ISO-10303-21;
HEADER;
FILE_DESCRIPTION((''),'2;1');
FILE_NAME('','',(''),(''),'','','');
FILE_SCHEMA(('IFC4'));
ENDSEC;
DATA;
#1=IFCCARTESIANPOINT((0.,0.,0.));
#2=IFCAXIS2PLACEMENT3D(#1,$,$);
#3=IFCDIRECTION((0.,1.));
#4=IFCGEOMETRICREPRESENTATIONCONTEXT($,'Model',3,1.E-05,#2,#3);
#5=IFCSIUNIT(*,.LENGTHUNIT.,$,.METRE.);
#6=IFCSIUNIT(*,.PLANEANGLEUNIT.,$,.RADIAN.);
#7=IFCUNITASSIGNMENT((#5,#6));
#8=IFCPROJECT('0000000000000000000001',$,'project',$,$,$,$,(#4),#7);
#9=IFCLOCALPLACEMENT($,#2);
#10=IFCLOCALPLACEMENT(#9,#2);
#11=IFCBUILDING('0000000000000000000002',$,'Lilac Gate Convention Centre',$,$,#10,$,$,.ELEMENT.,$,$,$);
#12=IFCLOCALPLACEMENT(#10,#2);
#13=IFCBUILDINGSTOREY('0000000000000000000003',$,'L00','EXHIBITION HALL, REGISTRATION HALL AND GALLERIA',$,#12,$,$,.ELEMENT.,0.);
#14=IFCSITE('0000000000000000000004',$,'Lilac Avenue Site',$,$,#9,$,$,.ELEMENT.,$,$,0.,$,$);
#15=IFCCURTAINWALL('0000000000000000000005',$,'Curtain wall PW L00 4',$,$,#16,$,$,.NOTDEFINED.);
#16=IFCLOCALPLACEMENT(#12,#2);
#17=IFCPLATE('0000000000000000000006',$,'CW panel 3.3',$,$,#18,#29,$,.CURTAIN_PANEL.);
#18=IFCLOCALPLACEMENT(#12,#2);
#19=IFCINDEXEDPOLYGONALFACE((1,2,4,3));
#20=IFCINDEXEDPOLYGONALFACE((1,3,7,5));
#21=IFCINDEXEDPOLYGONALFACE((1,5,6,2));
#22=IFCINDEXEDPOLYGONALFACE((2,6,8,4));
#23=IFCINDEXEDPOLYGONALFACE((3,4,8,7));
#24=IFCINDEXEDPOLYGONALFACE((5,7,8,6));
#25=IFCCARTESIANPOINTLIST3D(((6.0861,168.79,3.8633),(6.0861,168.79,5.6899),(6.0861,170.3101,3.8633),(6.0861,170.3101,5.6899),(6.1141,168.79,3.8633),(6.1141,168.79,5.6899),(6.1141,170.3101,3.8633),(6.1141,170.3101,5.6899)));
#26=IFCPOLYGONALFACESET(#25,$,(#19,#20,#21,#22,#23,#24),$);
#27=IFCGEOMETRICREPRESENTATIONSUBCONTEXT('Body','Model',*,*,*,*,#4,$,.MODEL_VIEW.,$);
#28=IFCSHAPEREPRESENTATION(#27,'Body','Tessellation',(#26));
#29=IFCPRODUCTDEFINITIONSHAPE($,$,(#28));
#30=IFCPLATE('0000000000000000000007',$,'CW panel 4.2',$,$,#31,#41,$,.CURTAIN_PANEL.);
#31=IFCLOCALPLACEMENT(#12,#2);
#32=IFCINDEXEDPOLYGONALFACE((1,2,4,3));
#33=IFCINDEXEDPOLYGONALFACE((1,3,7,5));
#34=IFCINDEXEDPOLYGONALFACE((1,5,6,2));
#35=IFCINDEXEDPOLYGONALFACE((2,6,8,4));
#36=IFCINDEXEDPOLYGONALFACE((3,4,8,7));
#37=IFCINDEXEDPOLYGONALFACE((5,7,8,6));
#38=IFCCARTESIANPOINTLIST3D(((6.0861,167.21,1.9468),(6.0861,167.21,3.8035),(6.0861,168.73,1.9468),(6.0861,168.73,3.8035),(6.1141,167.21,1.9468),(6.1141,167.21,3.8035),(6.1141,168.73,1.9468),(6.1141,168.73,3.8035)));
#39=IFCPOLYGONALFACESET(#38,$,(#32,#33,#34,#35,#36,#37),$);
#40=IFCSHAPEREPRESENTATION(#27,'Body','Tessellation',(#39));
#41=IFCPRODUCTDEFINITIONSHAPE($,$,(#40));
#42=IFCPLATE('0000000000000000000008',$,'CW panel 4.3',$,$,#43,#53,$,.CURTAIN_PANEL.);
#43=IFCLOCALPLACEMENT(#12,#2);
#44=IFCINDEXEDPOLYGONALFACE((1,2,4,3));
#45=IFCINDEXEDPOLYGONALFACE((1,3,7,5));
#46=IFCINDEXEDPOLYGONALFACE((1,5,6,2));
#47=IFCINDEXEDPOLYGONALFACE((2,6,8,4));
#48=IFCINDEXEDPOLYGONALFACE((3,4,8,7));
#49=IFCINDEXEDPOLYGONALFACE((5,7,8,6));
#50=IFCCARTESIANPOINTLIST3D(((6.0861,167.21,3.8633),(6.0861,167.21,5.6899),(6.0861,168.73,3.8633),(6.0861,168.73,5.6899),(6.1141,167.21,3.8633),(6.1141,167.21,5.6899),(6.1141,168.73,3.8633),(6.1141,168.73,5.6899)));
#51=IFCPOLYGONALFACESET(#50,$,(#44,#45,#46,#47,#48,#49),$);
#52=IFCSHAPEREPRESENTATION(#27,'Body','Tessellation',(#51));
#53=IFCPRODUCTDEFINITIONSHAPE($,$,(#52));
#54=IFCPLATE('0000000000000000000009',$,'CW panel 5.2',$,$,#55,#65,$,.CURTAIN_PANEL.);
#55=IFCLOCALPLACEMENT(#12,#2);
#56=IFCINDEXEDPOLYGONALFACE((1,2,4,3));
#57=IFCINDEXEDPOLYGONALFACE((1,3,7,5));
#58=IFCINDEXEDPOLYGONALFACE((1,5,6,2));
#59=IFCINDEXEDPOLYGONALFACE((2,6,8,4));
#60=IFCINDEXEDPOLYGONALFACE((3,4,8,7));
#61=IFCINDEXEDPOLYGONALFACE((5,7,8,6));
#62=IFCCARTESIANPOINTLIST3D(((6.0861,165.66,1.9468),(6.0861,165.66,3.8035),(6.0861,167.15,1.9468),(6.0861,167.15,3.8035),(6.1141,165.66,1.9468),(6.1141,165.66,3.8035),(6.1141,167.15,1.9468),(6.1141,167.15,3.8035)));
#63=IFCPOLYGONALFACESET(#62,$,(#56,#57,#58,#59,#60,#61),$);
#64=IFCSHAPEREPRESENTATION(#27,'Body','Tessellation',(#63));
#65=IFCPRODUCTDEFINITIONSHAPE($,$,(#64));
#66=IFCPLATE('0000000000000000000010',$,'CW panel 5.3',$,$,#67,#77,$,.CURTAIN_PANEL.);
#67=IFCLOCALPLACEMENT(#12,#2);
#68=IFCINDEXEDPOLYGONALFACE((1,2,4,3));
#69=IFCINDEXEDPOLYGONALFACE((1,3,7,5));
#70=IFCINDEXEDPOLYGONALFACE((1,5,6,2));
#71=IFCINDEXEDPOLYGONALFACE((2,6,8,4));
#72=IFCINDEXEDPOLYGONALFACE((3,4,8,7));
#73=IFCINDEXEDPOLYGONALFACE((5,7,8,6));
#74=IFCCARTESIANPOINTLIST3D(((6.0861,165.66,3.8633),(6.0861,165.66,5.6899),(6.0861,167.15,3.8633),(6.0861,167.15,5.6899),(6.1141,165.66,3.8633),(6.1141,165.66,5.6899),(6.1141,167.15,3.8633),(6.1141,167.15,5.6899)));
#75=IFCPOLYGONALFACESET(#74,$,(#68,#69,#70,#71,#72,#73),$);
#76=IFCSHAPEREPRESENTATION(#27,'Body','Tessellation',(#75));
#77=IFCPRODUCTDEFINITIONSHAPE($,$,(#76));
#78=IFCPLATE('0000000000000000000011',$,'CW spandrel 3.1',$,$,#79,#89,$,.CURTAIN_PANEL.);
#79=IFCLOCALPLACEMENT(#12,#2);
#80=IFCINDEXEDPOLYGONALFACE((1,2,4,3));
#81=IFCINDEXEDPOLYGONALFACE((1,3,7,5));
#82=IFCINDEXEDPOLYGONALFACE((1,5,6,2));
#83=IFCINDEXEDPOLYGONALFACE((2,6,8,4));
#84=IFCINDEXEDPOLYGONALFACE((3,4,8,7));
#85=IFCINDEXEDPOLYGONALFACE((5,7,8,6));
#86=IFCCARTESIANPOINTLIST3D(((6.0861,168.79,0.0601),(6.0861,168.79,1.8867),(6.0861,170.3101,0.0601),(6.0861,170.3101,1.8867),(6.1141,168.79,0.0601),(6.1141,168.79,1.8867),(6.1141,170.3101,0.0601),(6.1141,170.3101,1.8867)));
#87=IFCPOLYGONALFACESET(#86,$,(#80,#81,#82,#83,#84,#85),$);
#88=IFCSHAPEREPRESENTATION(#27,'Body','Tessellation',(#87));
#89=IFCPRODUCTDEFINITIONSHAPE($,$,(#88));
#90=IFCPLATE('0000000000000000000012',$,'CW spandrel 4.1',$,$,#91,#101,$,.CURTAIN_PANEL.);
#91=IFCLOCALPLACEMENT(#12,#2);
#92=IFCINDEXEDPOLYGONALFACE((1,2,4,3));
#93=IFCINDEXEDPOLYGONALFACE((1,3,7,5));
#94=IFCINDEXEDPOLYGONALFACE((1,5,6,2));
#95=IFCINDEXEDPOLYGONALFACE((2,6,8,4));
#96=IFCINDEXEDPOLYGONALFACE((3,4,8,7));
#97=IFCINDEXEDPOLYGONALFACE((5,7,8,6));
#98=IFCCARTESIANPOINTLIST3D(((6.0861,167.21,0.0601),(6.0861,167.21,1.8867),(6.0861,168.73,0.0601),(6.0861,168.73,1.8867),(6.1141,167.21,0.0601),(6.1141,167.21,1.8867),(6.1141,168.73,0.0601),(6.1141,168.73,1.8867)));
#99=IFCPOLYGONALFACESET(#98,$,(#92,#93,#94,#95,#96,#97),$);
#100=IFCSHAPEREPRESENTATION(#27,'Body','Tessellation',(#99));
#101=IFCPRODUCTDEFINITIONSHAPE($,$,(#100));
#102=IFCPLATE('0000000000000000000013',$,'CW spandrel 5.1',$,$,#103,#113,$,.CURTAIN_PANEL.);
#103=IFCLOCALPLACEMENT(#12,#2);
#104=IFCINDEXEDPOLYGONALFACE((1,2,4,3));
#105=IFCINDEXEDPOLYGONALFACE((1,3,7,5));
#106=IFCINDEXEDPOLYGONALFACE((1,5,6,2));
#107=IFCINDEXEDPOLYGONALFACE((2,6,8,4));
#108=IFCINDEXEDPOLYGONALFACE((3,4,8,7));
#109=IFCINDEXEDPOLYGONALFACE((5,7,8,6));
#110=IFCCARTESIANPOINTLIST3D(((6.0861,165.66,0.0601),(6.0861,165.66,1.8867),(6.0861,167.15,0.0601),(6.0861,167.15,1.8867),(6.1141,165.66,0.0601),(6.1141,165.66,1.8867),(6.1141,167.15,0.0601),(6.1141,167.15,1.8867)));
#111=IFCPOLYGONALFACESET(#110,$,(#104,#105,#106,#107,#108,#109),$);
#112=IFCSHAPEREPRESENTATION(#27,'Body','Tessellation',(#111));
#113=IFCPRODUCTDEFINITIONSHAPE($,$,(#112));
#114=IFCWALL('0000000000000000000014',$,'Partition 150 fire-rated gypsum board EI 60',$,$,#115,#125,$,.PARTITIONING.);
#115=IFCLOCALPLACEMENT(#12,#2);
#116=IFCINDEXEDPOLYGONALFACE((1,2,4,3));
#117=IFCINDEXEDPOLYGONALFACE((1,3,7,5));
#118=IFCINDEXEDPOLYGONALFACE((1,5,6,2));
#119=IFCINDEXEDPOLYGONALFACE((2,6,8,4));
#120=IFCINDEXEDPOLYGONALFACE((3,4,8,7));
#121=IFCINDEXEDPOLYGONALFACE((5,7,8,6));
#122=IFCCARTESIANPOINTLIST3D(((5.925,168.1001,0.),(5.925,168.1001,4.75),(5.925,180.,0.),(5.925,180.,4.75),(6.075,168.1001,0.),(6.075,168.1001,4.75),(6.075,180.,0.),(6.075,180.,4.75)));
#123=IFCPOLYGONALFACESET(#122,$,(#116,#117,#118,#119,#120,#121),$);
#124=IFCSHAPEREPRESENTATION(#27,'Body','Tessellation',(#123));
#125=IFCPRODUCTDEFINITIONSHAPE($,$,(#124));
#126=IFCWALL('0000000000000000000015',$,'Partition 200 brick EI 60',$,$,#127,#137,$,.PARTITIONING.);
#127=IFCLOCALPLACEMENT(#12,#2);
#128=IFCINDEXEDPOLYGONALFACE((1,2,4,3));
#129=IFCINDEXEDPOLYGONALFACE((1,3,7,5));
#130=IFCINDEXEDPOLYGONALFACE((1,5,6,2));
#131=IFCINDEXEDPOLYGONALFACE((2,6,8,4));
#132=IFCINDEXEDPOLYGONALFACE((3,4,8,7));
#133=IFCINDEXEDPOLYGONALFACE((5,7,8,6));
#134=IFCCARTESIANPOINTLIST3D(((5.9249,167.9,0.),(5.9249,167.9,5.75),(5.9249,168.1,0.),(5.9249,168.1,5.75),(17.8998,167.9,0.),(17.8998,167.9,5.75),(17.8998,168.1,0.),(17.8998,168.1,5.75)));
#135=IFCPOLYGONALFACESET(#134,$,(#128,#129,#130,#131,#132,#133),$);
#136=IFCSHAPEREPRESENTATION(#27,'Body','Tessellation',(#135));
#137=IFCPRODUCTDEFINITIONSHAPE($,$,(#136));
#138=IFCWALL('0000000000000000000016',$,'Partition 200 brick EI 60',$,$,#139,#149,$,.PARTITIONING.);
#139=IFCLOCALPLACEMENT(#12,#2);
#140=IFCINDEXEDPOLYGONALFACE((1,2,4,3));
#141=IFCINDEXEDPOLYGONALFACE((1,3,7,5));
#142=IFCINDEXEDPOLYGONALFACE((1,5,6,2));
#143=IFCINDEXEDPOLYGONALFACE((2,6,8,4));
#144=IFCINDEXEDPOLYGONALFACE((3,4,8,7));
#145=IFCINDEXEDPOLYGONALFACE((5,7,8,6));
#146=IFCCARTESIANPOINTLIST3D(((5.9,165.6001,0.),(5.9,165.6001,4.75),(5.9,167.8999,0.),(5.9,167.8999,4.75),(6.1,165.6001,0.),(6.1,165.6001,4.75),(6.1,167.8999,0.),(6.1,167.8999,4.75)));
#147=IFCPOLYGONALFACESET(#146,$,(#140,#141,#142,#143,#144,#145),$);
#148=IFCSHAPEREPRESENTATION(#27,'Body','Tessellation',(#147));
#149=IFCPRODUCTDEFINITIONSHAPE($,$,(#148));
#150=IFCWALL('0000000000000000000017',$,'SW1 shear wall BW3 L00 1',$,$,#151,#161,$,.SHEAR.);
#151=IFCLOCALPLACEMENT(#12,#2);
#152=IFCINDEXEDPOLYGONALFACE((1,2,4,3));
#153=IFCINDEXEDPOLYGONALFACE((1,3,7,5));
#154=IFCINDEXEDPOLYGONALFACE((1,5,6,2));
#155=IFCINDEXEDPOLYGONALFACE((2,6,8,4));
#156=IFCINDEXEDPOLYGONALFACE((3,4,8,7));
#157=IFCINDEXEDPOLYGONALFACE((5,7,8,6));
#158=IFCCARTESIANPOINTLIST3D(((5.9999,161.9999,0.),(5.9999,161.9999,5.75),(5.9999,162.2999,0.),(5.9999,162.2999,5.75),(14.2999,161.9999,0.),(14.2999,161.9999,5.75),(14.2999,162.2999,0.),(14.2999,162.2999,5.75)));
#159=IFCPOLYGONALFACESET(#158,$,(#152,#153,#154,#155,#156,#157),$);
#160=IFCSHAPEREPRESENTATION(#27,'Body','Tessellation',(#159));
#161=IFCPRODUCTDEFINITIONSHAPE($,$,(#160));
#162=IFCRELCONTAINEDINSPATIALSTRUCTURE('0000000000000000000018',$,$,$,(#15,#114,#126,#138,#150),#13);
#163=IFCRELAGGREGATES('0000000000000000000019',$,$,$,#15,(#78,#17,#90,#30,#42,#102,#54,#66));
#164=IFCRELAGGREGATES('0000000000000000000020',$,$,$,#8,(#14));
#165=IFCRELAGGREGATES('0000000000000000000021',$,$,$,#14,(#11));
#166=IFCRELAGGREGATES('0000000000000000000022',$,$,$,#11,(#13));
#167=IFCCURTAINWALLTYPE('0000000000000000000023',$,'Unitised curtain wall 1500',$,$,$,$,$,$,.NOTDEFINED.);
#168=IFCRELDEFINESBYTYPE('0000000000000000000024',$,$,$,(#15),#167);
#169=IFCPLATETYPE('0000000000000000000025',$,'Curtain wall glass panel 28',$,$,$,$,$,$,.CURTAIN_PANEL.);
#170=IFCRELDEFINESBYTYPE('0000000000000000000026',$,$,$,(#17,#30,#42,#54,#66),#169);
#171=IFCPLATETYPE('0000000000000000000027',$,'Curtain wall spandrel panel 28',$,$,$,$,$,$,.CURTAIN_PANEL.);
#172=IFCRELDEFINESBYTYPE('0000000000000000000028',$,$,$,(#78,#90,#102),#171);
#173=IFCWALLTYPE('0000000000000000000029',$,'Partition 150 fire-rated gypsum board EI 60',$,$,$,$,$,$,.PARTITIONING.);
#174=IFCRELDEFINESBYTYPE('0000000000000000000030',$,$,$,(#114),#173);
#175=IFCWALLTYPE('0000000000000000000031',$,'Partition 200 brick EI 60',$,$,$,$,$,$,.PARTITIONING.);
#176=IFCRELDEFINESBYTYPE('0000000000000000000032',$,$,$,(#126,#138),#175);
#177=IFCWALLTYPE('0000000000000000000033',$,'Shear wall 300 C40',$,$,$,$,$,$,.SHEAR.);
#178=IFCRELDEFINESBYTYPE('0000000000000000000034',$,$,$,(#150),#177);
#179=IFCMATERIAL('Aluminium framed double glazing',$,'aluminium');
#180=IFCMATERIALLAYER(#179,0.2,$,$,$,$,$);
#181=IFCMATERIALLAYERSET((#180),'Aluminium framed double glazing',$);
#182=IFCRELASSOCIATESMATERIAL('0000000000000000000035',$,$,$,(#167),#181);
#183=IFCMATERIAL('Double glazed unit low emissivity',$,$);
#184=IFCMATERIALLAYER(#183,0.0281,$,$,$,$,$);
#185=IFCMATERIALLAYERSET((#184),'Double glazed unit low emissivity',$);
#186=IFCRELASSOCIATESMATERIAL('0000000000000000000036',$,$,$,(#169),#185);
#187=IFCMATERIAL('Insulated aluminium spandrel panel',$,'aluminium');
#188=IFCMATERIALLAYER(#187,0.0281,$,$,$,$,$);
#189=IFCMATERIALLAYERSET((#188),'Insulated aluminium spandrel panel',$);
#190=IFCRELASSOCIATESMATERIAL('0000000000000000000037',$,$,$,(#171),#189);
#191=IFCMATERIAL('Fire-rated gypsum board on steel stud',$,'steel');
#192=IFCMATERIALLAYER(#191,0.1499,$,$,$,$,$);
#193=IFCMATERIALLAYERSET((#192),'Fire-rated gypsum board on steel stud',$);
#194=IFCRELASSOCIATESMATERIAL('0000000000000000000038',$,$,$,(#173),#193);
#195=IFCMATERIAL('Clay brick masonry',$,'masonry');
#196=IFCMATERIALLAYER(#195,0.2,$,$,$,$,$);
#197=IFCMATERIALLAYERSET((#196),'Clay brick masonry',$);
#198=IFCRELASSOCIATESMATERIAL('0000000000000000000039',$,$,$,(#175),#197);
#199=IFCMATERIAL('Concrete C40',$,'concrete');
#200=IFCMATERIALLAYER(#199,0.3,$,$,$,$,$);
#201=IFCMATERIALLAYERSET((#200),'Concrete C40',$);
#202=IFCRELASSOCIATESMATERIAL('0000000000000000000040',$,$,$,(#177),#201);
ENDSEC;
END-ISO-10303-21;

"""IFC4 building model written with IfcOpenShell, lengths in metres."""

from ifc_helpers import new_model, si_unit, direction, frame, frame_2d, origin, origin_2d, place, context, subcontext, project, spatial, rectangle, extrude, material, layer, layer_set, type_object, element, aggregate, save


model = new_model("IFC4")

# Units and contexts
model_context = context("Model", 3, precision=1e-05, world=origin(), true_north=direction((0.0, 1.0)))
body_context = subcontext(model_context, "Body", "Model", "MODEL_VIEW")
ifc_project = project(units=[si_unit("LENGTHUNIT", "METRE"), si_unit("PLANEANGLEUNIT", "RADIAN")], contexts=[model_context])

# Site, building, storey
site_placement = place(None, origin())
site = spatial("IfcSite", under=ifc_project, at=site_placement, Name="Lilac Avenue Site", CompositionType="ELEMENT", RefElevation=0.0)
building_placement = place(site_placement, origin())
building = spatial("IfcBuilding", under=site, at=building_placement, Name="Lilac Gate Convention Centre", CompositionType="ELEMENT")
storey_placement = place(building_placement, origin())
storey = spatial("IfcBuildingStorey", under=building, at=storey_placement, Name="L00", Description="EXHIBITION HALL, REGISTRATION HALL AND GALLERIA", CompositionType="ELEMENT", Elevation=0.0)

# Curtain wall
ifc_material_1 = material(Name="Aluminium framed double glazing", Category="aluminium")
ifc_layer_1 = layer(ifc_material_1, 0.2)
ifc_layer_set_1 = layer_set([ifc_layer_1], Name="Aluminium framed double glazing")
curtain_wall_type = type_object("IfcCurtainWallType", Name="Unitised curtain wall 1500", PredefinedType="NOTDEFINED", material=ifc_layer_set_1)
curtain_wall_placement = place(storey_placement, origin())
curtain_wall = element("IfcCurtainWall", 1, at=curtain_wall_placement, inside=storey, type_object=curtain_wall_type, Name="Curtain wall PW L00 4", PredefinedType="NOTDEFINED")

# Shared definitions
ifc_material_2 = material(Name="Concrete C40", Category="concrete")

# Plates
ifc_material_3 = material(Name="Double glazed unit low emissivity")
ifc_layer_2 = layer(ifc_material_3, 0.0281)
ifc_layer_set_2 = layer_set([ifc_layer_2], Name="Double glazed unit low emissivity")
plate_type_1 = type_object("IfcPlateType", Name="Curtain wall glass panel 28", PredefinedType="CURTAIN_PANEL", material=ifc_layer_set_2)
plate_1_placement = place(storey_placement, frame((6.1001, 169.55, 3.8633), z_axis=(0.0, 0.0, 1.0), x_axis=(0.0, -1.0, 0.0)))
plate_1 = element("IfcPlate", 2, at=plate_1_placement, type_object=plate_type_1, Name="CW panel 3.3", PredefinedType="CURTAIN_PANEL", context=body_context, shape_type="SweptSolid", body=[
    extrude(rectangle(XDim=1.52, YDim=0.0281, at=origin_2d()), origin(), (0.0, 0.0, 1.0), 1.8267),
])
plate_2_placement = place(storey_placement, frame((6.1001, 167.97, 1.9468), z_axis=(0.0, 0.0, 1.0), x_axis=(0.0, -1.0, 0.0)))
plate_2 = element("IfcPlate", 3, at=plate_2_placement, type_object=plate_type_1, Name="CW panel 4.2", PredefinedType="CURTAIN_PANEL", context=body_context, shape_type="SweptSolid", body=[
    extrude(rectangle(XDim=1.52, YDim=0.0281, at=origin_2d()), origin(), (0.0, 0.0, 1.0), 1.8567),
])
plate_3_placement = place(storey_placement, frame((6.1001, 167.97, 3.8633), z_axis=(0.0, 0.0, 1.0), x_axis=(0.0, -1.0, 0.0)))
plate_3 = element("IfcPlate", 4, at=plate_3_placement, type_object=plate_type_1, Name="CW panel 4.3", PredefinedType="CURTAIN_PANEL", context=body_context, shape_type="SweptSolid", body=[
    extrude(rectangle(XDim=1.52, YDim=0.0281, at=origin_2d()), origin(), (0.0, 0.0, 1.0), 1.8267),
])
plate_4_placement = place(storey_placement, frame((6.1001, 166.405, 1.9468), z_axis=(0.0, 0.0, 1.0), x_axis=(0.0, -1.0, 0.0)))
plate_4 = element("IfcPlate", 5, at=plate_4_placement, type_object=plate_type_1, Name="CW panel 5.2", PredefinedType="CURTAIN_PANEL", context=body_context, shape_type="SweptSolid", body=[
    extrude(rectangle(XDim=1.49, YDim=0.0281, at=origin_2d()), origin(), (0.0, 0.0, 1.0), 1.8567),
])
plate_5_placement = place(storey_placement, frame((6.1001, 166.405, 3.8633), z_axis=(0.0, 0.0, 1.0), x_axis=(0.0, -1.0, 0.0)))
plate_5 = element("IfcPlate", 6, at=plate_5_placement, type_object=plate_type_1, Name="CW panel 5.3", PredefinedType="CURTAIN_PANEL", context=body_context, shape_type="SweptSolid", body=[
    extrude(rectangle(XDim=1.49, YDim=0.0281, at=origin_2d()), origin(), (0.0, 0.0, 1.0), 1.8267),
])
ifc_material_4 = material(Name="Insulated aluminium spandrel panel", Category="aluminium")
ifc_layer_3 = layer(ifc_material_4, 0.0281)
ifc_layer_set_3 = layer_set([ifc_layer_3], Name="Insulated aluminium spandrel panel")
plate_type_2 = type_object("IfcPlateType", Name="Curtain wall spandrel panel 28", PredefinedType="CURTAIN_PANEL", material=ifc_layer_set_3)
plate_6_placement = place(storey_placement, frame((6.1001, 169.55, 0.0601), z_axis=(0.0, 0.0, 1.0), x_axis=(0.0, -1.0, 0.0)))
plate_6 = element("IfcPlate", 7, at=plate_6_placement, type_object=plate_type_2, Name="CW spandrel 3.1", PredefinedType="CURTAIN_PANEL", context=body_context, shape_type="SweptSolid", body=[
    extrude(rectangle(XDim=1.52, YDim=0.0281, at=origin_2d()), origin(), (0.0, 0.0, 1.0), 1.8267),
])
plate_7_placement = place(storey_placement, frame((6.1001, 167.97, 0.0601), z_axis=(0.0, 0.0, 1.0), x_axis=(0.0, -1.0, 0.0)))
plate_7 = element("IfcPlate", 8, at=plate_7_placement, type_object=plate_type_2, Name="CW spandrel 4.1", PredefinedType="CURTAIN_PANEL", context=body_context, shape_type="SweptSolid", body=[
    extrude(rectangle(XDim=1.52, YDim=0.0281, at=origin_2d()), origin(), (0.0, 0.0, 1.0), 1.8267),
])
plate_8_placement = place(storey_placement, frame((6.1001, 166.405, 0.0601), z_axis=(0.0, 0.0, 1.0), x_axis=(0.0, -1.0, 0.0)))
plate_8 = element("IfcPlate", 9, at=plate_8_placement, type_object=plate_type_2, Name="CW spandrel 5.1", PredefinedType="CURTAIN_PANEL", context=body_context, shape_type="SweptSolid", body=[
    extrude(rectangle(XDim=1.49, YDim=0.0281, at=origin_2d()), origin(), (0.0, 0.0, 1.0), 1.8267),
])
aggregate(curtain_wall, [plate_6, plate_1, plate_7, plate_2, plate_3, plate_8, plate_4, plate_5])

# Walls
ifc_material_5 = material(Name="Fire-rated gypsum board on steel stud", Category="steel")
ifc_layer_4 = layer(ifc_material_5, 0.1499)
ifc_layer_set_4 = layer_set([ifc_layer_4], Name="Fire-rated gypsum board on steel stud")
wall_type_1 = type_object("IfcWallType", Name="Partition 150 fire-rated gypsum board EI 60", PredefinedType="PARTITIONING", material=ifc_layer_set_4)
wall_1_placement = place(storey_placement, frame((6.0, 168.1001, 0.0), z_axis=(0.0, 0.0, 1.0), x_axis=(0.0, 1.0, 0.0)))
element("IfcWall", 10, at=wall_1_placement, inside=storey, type_object=wall_type_1, Name="Partition 150 fire-rated gypsum board EI 60", PredefinedType="PARTITIONING", context=body_context, shape_type="SweptSolid", body=[
    extrude(rectangle(XDim=11.8999, YDim=0.1499, at=frame_2d((5.95, 0.0))), origin(), (0.0, 0.0, 1.0), 4.75),
])
ifc_material_6 = material(Name="Clay brick masonry", Category="masonry")
ifc_layer_5 = layer(ifc_material_6, 0.2)
ifc_layer_set_5 = layer_set([ifc_layer_5], Name="Clay brick masonry")
wall_type_2 = type_object("IfcWallType", Name="Partition 200 brick EI 60", PredefinedType="PARTITIONING", material=ifc_layer_set_5)
wall_2_placement = place(storey_placement, frame((5.925, 168.0, 0.0), z_axis=(0.0, 0.0, 1.0), x_axis=(1.0, 0.0, 0.0)))
element("IfcWall", 11, at=wall_2_placement, inside=storey, type_object=wall_type_2, Name="Partition 200 brick EI 60", PredefinedType="PARTITIONING", context=body_context, shape_type="SweptSolid", body=[
    extrude(rectangle(XDim=11.9749, YDim=0.2, at=frame_2d((5.9873, 0.0))), origin(), (0.0, 0.0, 1.0), 5.75),
])
wall_3_placement = place(storey_placement, frame((6.0, 165.6001, 0.0), z_axis=(0.0, 0.0, 1.0), x_axis=(0.0, 1.0, 0.0)))
element("IfcWall", 12, at=wall_3_placement, inside=storey, type_object=wall_type_2, Name="Partition 200 brick EI 60", PredefinedType="PARTITIONING", context=body_context, shape_type="SweptSolid", body=[
    extrude(rectangle(XDim=2.2998, YDim=0.2, at=frame_2d((1.1499, 0.0))), origin(), (0.0, 0.0, 1.0), 4.75),
])
ifc_layer_6 = layer(ifc_material_2, 0.3)
ifc_layer_set_6 = layer_set([ifc_layer_6], Name="Concrete C40")
wall_type_3 = type_object("IfcWallType", Name="Shear wall 300 C40", PredefinedType="SHEAR", material=ifc_layer_set_6)
wall_4_placement = place(storey_placement, frame((6.0, 162.1499, 0.0), z_axis=(0.0, 0.0, 1.0), x_axis=(1.0, 0.0, 0.0)))
element("IfcWall", 13, at=wall_4_placement, inside=storey, type_object=wall_type_3, Name="SW1 shear wall BW3 L00 1", PredefinedType="SHEAR", context=body_context, shape_type="SweptSolid", body=[
    extrude(rectangle(XDim=8.3, YDim=0.3, at=frame_2d((4.1499, 0.0))), origin(), (0.0, 0.0, 1.0), 5.75),
])

save(model, "model.ifc")
